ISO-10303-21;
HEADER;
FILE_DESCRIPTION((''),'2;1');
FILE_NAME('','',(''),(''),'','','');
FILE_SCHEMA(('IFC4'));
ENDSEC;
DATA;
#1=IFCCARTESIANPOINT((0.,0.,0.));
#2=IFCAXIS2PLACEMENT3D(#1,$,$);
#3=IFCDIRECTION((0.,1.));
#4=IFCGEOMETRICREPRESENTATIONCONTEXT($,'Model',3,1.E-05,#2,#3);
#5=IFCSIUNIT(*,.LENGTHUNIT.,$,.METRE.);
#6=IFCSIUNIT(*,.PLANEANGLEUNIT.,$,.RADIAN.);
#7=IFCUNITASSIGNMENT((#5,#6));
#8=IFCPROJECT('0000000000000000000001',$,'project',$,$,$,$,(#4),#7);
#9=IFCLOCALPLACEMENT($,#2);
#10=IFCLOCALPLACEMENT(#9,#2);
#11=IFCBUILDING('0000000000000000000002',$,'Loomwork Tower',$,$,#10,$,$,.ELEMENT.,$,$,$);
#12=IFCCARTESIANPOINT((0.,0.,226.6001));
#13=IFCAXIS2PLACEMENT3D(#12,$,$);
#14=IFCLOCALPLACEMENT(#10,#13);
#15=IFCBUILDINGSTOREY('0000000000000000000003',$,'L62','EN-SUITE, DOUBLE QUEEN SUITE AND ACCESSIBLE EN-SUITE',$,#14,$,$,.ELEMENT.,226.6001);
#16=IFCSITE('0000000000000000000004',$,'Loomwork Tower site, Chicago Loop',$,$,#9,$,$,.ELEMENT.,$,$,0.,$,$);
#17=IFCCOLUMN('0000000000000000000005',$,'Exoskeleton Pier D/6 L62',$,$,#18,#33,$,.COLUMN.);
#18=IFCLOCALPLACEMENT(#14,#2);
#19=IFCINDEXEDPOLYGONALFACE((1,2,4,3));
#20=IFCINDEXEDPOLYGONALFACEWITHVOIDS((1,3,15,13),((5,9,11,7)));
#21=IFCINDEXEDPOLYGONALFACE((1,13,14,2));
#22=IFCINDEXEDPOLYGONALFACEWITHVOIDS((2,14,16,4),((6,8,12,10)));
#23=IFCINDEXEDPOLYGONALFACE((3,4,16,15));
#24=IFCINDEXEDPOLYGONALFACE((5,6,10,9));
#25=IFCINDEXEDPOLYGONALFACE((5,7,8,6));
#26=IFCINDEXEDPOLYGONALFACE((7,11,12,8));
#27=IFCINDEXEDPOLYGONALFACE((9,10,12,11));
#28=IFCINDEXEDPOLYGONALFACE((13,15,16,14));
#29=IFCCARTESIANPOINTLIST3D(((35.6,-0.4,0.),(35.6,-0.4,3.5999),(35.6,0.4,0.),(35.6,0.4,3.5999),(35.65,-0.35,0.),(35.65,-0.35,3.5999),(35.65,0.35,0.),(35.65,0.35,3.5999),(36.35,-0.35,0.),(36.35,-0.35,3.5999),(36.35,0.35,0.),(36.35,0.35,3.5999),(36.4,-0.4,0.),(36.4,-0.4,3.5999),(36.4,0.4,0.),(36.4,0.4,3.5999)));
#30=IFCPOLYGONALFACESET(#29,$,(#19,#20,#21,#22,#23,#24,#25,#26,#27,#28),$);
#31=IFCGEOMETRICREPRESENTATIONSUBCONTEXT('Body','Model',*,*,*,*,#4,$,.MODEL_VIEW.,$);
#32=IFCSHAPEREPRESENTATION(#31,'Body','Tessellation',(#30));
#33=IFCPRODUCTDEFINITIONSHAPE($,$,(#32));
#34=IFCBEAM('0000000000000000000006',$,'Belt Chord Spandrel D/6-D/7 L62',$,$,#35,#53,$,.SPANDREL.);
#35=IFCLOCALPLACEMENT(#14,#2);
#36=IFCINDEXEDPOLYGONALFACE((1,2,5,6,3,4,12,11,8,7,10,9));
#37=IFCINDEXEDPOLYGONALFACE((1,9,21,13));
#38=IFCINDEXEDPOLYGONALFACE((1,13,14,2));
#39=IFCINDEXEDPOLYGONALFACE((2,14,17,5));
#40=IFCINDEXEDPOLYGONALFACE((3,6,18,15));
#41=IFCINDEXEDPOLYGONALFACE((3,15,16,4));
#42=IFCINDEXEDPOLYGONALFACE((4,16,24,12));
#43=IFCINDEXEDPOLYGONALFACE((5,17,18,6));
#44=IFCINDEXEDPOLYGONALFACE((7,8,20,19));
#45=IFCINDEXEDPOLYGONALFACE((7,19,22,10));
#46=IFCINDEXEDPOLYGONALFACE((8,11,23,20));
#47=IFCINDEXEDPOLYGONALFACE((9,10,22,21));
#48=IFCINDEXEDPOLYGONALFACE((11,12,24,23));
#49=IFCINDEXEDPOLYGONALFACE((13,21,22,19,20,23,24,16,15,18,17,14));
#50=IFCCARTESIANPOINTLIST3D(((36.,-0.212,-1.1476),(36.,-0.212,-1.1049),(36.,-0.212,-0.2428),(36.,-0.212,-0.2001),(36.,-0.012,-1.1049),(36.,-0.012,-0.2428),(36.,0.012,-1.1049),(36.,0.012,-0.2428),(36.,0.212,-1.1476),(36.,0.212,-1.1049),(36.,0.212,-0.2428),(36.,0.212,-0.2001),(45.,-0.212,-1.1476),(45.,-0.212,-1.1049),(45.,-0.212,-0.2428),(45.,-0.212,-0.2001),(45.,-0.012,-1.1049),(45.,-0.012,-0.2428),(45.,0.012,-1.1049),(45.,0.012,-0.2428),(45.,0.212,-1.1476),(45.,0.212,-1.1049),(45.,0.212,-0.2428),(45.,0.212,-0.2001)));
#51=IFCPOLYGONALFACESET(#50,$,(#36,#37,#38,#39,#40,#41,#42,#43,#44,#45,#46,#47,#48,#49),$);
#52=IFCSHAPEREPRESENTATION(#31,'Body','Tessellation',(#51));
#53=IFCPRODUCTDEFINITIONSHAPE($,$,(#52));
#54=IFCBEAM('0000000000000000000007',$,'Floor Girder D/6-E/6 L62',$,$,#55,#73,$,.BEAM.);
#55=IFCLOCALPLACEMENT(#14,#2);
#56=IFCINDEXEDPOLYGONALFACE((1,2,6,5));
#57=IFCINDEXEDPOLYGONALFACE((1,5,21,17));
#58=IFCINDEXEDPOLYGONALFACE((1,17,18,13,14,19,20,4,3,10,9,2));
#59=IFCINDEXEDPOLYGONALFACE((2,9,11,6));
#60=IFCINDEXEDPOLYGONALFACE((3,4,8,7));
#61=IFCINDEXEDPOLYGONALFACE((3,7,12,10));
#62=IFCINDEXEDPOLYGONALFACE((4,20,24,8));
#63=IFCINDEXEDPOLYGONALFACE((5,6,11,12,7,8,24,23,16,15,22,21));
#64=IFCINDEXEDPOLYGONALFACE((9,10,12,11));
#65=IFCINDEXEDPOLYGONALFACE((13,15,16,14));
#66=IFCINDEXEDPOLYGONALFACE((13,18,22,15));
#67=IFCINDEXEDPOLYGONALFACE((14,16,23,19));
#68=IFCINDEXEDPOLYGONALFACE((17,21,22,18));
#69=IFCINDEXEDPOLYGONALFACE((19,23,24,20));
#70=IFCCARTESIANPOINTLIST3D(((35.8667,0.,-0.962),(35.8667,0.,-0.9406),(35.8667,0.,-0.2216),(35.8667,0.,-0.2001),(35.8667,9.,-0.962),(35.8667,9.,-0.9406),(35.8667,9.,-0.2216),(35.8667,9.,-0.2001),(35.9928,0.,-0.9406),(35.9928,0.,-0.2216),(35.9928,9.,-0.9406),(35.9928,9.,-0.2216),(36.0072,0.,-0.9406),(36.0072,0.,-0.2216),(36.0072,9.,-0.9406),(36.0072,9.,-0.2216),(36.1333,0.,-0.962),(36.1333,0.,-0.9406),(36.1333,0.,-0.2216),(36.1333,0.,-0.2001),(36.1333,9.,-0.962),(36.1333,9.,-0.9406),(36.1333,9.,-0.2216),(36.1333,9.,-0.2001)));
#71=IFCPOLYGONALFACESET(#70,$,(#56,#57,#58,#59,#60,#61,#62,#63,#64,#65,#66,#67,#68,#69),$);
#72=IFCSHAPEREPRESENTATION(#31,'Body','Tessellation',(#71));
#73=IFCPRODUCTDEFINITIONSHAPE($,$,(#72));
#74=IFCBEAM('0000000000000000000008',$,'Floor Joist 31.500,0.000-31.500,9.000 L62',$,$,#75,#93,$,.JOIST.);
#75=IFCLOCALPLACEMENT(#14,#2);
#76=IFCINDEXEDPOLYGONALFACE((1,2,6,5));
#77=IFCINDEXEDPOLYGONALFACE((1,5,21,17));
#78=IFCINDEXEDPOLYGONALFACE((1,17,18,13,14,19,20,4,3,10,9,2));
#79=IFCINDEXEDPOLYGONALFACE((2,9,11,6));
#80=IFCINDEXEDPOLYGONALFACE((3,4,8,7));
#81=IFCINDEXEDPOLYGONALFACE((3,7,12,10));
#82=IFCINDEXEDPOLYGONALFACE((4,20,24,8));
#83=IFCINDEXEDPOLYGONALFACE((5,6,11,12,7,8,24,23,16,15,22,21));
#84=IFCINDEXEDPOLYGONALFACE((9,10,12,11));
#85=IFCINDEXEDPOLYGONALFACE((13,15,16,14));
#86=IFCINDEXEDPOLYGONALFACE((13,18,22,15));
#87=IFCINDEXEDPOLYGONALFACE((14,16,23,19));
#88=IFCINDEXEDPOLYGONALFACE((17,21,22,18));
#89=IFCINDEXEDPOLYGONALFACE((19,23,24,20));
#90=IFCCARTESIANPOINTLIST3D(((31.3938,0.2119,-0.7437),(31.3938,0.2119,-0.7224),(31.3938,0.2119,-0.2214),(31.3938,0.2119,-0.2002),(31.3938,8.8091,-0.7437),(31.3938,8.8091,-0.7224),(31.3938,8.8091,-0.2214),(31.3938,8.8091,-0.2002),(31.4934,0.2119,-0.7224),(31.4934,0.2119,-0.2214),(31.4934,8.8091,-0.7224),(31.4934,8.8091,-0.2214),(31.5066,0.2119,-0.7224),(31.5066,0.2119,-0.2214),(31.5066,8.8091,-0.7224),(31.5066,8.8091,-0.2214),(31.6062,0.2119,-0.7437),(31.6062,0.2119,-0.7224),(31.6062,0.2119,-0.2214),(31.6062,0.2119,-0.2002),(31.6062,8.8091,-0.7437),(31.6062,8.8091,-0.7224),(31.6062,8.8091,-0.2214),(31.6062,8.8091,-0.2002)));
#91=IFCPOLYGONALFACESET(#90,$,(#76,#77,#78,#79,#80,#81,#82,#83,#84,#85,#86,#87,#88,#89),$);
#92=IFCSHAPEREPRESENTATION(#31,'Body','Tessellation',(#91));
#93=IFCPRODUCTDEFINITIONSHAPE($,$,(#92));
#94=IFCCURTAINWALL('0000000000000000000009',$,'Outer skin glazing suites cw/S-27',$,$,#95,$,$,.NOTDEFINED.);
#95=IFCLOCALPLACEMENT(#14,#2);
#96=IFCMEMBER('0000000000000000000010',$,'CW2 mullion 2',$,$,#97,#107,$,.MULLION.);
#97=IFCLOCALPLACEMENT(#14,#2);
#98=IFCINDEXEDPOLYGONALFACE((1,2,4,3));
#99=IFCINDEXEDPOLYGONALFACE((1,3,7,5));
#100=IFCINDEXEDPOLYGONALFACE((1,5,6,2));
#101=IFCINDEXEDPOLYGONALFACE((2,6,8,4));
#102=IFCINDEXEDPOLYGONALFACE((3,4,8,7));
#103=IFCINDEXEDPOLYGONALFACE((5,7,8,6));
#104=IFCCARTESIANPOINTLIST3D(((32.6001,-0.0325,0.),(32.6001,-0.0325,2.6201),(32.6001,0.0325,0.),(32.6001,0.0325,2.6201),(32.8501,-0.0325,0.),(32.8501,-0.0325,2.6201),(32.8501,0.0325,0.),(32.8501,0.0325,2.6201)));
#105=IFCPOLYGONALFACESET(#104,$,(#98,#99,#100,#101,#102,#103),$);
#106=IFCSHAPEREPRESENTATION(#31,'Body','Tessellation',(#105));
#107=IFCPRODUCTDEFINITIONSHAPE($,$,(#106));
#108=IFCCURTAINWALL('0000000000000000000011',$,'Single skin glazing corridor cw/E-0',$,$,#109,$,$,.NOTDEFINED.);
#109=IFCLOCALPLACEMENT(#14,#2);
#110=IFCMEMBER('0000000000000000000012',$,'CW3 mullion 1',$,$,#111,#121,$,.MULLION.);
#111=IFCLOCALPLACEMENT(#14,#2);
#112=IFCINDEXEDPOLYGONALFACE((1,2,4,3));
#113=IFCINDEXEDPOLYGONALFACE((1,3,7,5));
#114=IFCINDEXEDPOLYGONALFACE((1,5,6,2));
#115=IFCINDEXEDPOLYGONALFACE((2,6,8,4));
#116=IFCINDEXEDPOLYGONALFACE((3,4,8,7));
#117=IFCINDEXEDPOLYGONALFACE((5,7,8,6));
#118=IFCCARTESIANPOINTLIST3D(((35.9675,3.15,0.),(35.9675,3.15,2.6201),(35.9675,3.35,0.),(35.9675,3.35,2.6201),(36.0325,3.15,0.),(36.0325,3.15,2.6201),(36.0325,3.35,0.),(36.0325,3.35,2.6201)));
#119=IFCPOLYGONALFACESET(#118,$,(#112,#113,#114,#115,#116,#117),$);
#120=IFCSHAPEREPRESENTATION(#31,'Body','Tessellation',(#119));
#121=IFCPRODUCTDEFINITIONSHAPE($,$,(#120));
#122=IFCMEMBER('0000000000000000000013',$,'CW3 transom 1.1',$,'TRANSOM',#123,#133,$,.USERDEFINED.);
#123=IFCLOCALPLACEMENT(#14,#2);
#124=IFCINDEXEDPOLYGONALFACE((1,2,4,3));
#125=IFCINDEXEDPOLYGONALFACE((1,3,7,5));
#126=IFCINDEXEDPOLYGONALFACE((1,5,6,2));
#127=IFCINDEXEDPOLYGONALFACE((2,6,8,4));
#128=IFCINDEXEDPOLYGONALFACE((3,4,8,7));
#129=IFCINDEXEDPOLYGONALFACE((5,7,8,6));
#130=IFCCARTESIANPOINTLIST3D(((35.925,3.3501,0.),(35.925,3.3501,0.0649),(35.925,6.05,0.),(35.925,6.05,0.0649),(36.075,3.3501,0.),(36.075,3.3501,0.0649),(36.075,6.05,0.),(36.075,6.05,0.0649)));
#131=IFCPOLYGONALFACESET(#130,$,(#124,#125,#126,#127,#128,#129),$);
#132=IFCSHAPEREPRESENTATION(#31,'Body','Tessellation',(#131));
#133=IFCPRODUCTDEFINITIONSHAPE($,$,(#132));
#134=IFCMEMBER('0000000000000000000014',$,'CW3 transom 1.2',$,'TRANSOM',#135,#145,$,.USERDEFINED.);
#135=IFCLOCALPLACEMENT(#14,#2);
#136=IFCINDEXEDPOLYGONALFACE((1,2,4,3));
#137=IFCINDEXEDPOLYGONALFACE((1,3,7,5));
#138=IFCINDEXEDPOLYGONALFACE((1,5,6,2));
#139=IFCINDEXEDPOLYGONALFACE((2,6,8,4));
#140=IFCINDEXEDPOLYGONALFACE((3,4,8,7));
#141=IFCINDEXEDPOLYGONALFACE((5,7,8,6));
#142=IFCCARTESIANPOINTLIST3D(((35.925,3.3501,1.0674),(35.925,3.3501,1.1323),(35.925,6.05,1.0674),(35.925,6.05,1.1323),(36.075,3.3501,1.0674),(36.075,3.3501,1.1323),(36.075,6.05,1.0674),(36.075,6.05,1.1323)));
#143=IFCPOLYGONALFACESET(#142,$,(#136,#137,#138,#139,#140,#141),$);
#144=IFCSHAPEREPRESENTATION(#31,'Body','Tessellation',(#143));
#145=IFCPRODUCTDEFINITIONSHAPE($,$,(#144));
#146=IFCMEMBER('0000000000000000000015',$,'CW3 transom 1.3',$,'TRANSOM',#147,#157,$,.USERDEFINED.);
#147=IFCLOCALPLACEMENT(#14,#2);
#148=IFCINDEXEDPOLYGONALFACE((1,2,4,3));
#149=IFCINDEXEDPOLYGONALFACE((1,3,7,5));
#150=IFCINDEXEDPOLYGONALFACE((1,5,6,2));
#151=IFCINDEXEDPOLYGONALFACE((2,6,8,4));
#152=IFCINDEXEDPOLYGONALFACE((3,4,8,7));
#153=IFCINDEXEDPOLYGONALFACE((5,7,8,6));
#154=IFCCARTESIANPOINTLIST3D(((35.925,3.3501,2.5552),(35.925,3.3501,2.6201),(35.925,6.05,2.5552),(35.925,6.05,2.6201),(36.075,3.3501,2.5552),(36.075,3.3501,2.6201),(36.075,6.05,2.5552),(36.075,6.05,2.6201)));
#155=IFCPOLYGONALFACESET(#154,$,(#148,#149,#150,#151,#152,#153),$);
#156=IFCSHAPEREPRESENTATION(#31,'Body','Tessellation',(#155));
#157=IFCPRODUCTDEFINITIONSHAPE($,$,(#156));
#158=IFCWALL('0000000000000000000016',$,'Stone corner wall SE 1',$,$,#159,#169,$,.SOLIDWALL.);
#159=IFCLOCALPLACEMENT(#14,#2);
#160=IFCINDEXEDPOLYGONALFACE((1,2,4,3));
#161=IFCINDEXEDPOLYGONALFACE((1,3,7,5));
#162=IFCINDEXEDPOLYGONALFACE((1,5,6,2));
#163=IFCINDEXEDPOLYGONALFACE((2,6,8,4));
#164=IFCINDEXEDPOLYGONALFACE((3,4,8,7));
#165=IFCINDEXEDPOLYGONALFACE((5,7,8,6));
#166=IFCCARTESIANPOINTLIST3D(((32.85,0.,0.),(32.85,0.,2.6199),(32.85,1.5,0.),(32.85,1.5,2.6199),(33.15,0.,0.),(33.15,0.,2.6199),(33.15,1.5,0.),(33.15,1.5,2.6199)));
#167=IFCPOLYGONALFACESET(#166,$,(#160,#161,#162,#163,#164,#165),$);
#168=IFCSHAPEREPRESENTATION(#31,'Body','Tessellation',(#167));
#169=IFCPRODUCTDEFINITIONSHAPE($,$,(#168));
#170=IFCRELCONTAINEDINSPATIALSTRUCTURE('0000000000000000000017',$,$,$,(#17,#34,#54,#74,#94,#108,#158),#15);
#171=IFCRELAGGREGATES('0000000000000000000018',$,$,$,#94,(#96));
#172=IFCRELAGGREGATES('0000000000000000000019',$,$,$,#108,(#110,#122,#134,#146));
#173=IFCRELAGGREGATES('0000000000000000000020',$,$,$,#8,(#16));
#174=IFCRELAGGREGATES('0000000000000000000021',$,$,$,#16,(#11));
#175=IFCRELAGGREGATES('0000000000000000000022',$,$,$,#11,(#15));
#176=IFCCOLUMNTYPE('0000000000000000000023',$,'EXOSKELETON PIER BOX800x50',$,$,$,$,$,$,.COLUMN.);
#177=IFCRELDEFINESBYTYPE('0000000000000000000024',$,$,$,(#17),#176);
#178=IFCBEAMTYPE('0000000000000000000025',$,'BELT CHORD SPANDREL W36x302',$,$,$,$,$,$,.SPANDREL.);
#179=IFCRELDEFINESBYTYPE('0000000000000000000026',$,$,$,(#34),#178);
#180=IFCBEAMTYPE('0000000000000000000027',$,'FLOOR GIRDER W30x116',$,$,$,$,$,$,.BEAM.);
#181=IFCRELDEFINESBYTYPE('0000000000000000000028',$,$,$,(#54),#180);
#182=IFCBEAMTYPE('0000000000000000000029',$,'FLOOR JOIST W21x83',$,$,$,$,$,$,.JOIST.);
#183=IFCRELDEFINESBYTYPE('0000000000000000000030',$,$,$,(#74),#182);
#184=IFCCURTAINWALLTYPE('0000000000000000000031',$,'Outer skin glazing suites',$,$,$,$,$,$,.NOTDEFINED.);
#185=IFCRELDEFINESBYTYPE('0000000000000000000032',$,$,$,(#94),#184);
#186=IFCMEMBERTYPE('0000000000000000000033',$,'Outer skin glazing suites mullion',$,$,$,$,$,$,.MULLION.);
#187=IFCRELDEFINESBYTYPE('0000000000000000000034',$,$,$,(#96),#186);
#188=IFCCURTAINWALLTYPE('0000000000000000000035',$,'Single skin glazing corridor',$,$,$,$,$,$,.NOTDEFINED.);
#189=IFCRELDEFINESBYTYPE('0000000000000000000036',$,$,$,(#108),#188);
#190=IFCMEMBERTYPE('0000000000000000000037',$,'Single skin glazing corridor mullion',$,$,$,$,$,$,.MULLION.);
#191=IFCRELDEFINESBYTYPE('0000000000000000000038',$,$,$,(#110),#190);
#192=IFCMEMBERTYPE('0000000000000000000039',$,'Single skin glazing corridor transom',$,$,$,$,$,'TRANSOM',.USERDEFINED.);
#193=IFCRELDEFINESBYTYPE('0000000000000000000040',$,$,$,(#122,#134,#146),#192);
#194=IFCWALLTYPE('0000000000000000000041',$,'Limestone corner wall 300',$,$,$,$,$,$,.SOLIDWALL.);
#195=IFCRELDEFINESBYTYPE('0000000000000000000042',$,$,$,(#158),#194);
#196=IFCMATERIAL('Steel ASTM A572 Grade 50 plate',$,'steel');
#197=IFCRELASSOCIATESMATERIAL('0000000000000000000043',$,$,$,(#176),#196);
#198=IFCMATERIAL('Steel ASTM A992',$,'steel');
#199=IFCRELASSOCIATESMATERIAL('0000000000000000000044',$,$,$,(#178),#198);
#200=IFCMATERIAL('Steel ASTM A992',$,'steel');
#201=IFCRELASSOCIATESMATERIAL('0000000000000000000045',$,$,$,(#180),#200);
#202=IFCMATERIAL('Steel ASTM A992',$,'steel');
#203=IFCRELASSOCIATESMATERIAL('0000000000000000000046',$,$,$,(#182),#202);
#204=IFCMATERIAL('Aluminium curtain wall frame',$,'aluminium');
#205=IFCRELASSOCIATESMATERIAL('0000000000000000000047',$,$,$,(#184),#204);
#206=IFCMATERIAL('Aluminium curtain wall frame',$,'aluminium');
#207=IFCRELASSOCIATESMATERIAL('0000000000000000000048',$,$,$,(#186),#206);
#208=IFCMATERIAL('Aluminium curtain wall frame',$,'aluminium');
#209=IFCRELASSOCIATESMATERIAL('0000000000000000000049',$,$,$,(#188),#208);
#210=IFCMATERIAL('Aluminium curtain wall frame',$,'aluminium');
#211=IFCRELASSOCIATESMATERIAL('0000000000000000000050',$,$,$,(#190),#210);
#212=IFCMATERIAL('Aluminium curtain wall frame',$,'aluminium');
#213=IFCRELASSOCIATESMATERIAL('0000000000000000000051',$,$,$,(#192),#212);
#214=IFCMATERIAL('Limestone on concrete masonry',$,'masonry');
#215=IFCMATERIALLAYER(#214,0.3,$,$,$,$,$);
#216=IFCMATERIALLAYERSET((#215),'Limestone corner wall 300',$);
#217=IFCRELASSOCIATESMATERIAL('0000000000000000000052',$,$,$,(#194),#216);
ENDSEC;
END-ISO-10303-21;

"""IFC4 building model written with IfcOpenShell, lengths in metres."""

from ifc_helpers import new_model, si_unit, direction, frame, frame_2d, origin, origin_2d, place, context, subcontext, project, spatial, rectangle, hollow_rectangle, i_section, extrude, material, layer, layer_set, material_profile, profile_set, type_object, element, aggregate, save


model = new_model("IFC4")

# Units and contexts
model_context = context("Model", 3, precision=1e-05, world=origin(), true_north=direction((0.0, 1.0)))
body_context = subcontext(model_context, "Body", "Model", "MODEL_VIEW")
ifc_project = project(units=[si_unit("LENGTHUNIT", "METRE"), si_unit("PLANEANGLEUNIT", "RADIAN")], contexts=[model_context])

# Site, building, storey
site_placement = place(None, origin())
site = spatial("IfcSite", under=ifc_project, at=site_placement, Name="Loomwork Tower site, Chicago Loop", CompositionType="ELEMENT", RefElevation=0.0)
building_placement = place(site_placement, origin())
building = spatial("IfcBuilding", under=site, at=building_placement, Name="Loomwork Tower", CompositionType="ELEMENT")
storey_placement = place(building_placement, frame((0.0, 0.0, 226.6001)))
storey = spatial("IfcBuildingStorey", under=building, at=storey_placement, Name="L62", Description="EN-SUITE, DOUBLE QUEEN SUITE AND ACCESSIBLE EN-SUITE", CompositionType="ELEMENT", Elevation=226.6001)

# Column
ifc_material_1 = material(Name="Steel ASTM A572 Grade 50 plate", Category="steel")
ifc_material_profile_1 = material_profile(ifc_material_1, hollow_rectangle(XDim=0.8, YDim=0.8, WallThickness=0.05, at=origin_2d()), Name="BOX800x50")
ifc_profile_set_1 = profile_set([ifc_material_profile_1], Name="Steel ASTM A572 Grade 50 plate")
column_type = type_object("IfcColumnType", Name="EXOSKELETON PIER BOX800x50", PredefinedType="COLUMN", material=ifc_profile_set_1)
column_placement = place(storey_placement, frame((36.0, 0.0, 0.0), z_axis=(0.0, 0.0, 1.0), x_axis=(1.0, 0.0, 0.0)))
element("IfcColumn", 1, at=column_placement, inside=storey, type_object=column_type, Name="Exoskeleton Pier D/6 L62", PredefinedType="COLUMN", context=body_context, shape_type="SweptSolid", body=[
    extrude(hollow_rectangle(XDim=0.8, YDim=0.8, WallThickness=0.05, at=origin_2d()), origin(), (0.0, 0.0, 1.0), 3.5999),
])

# Beams
ifc_material_2 = material(Name="Steel ASTM A992", Category="steel")
ifc_material_profile_2 = material_profile(ifc_material_2, i_section(OverallWidth=0.4241, OverallDepth=0.9475, WebThickness=0.0239, FlangeThickness=0.0427, at=origin_2d()), Name="W36x302")
ifc_profile_set_2 = profile_set([ifc_material_profile_2], Name="Steel ASTM A992")
beam_type_1 = type_object("IfcBeamType", Name="BELT CHORD SPANDREL W36x302", PredefinedType="SPANDREL", material=ifc_profile_set_2)
beam_1_placement = place(storey_placement, frame((36.0, 0.0, -0.6738), z_axis=(1.0, 0.0, 0.0), x_axis=(0.0, 1.0, 0.0)))
element("IfcBeam", 2, at=beam_1_placement, inside=storey, type_object=beam_type_1, Name="Belt Chord Spandrel D/6-D/7 L62", PredefinedType="SPANDREL", context=body_context, shape_type="SweptSolid", body=[
    extrude(i_section(OverallWidth=0.4241, OverallDepth=0.9475, WebThickness=0.0239, FlangeThickness=0.0427, at=origin_2d()), origin(), (0.0, 0.0, 1.0), 9.0),
])
ifc_material_3 = material(Name="Steel ASTM A992", Category="steel")
ifc_material_profile_3 = material_profile(ifc_material_3, i_section(OverallWidth=0.2666, OverallDepth=0.762, WebThickness=0.0144, FlangeThickness=0.0215, at=origin_2d()), Name="W30x116")
ifc_profile_set_3 = profile_set([ifc_material_profile_3], Name="Steel ASTM A992")
beam_type_2 = type_object("IfcBeamType", Name="FLOOR GIRDER W30x116", PredefinedType="BEAM", material=ifc_profile_set_3)
beam_2_placement = place(storey_placement, frame((36.0, 0.0, -0.5811), z_axis=(0.0, 1.0, 0.0), x_axis=(-1.0, 0.0, 0.0)))
element("IfcBeam", 3, at=beam_2_placement, inside=storey, type_object=beam_type_2, Name="Floor Girder D/6-E/6 L62", PredefinedType="BEAM", context=body_context, shape_type="SweptSolid", body=[
    extrude(i_section(OverallWidth=0.2666, OverallDepth=0.762, WebThickness=0.0144, FlangeThickness=0.0215, at=origin_2d()), origin(), (0.0, 0.0, 1.0), 9.0),
])
ifc_material_4 = material(Name="Steel ASTM A992", Category="steel")
ifc_material_profile_4 = material_profile(ifc_material_4, i_section(OverallWidth=0.2124, OverallDepth=0.5435, WebThickness=0.0132, FlangeThickness=0.0212, at=origin_2d()), Name="W21x83")
ifc_profile_set_4 = profile_set([ifc_material_profile_4], Name="Steel ASTM A992")
beam_type_3 = type_object("IfcBeamType", Name="FLOOR JOIST W21x83", PredefinedType="JOIST", material=ifc_profile_set_4)
beam_3_placement = place(storey_placement, frame((31.5, 0.2119, -0.4719), z_axis=(0.0, 1.0, 0.0), x_axis=(-1.0, 0.0, 0.0)))
element("IfcBeam", 4, at=beam_3_placement, inside=storey, type_object=beam_type_3, Name="Floor Joist 31.500,0.000-31.500,9.000 L62", PredefinedType="JOIST", context=body_context, shape_type="SweptSolid", body=[
    extrude(i_section(OverallWidth=0.2124, OverallDepth=0.5435, WebThickness=0.0132, FlangeThickness=0.0212, at=origin_2d()), origin(), (0.0, 0.0, 1.0), 8.5972),
])

# Curtain wall, member
ifc_material_5 = material(Name="Aluminium curtain wall frame", Category="aluminium")
curtain_wall_type_1 = type_object("IfcCurtainWallType", Name="Outer skin glazing suites", PredefinedType="NOTDEFINED", material=ifc_material_5)
curtain_wall_1_placement = place(storey_placement, origin())
curtain_wall_1 = element("IfcCurtainWall", 5, at=curtain_wall_1_placement, inside=storey, type_object=curtain_wall_type_1, Name="Outer skin glazing suites cw/S-27", PredefinedType="NOTDEFINED")
ifc_material_6 = material(Name="Aluminium curtain wall frame", Category="aluminium")
ifc_material_profile_5 = material_profile(ifc_material_6, rectangle(XDim=0.0649, YDim=0.25, at=origin_2d()), Name="AL 65x250")
ifc_profile_set_5 = profile_set([ifc_material_profile_5], Name="Aluminium curtain wall frame")
member_type_1 = type_object("IfcMemberType", Name="Outer skin glazing suites mullion", PredefinedType="MULLION", material=ifc_profile_set_5)
member_1_placement = place(storey_placement, frame((32.7251, 0.0, 0.0), z_axis=(0.0, 0.0, 1.0), x_axis=(0.0, 1.0, 0.0)))
member_1 = element("IfcMember", 6, at=member_1_placement, type_object=member_type_1, Name="CW2 mullion 2", PredefinedType="MULLION", context=body_context, shape_type="SweptSolid", body=[
    extrude(rectangle(XDim=0.0649, YDim=0.25, at=origin_2d()), origin(), (0.0, 0.0, 1.0), 2.6201),
])
aggregate(curtain_wall_1, [member_1])

# Curtain wall, members
ifc_material_7 = material(Name="Aluminium curtain wall frame", Category="aluminium")
curtain_wall_type_2 = type_object("IfcCurtainWallType", Name="Single skin glazing corridor", PredefinedType="NOTDEFINED", material=ifc_material_7)
curtain_wall_2_placement = place(storey_placement, origin())
curtain_wall_2 = element("IfcCurtainWall", 7, at=curtain_wall_2_placement, inside=storey, type_object=curtain_wall_type_2, Name="Single skin glazing corridor cw/E-0", PredefinedType="NOTDEFINED")
ifc_material_8 = material(Name="Aluminium curtain wall frame", Category="aluminium")
ifc_material_profile_6 = material_profile(ifc_material_8, rectangle(XDim=0.0649, YDim=0.2, at=origin_2d()), Name="AL 65x200")
ifc_profile_set_6 = profile_set([ifc_material_profile_6], Name="Aluminium curtain wall frame")
member_type_2 = type_object("IfcMemberType", Name="Single skin glazing corridor mullion", PredefinedType="MULLION", material=ifc_profile_set_6)
member_2_placement = place(storey_placement, frame((36.0, 3.25, 0.0), z_axis=(0.0, 0.0, 1.0), x_axis=(-1.0, 0.0, 0.0)))
member_2 = element("IfcMember", 8, at=member_2_placement, type_object=member_type_2, Name="CW3 mullion 1", PredefinedType="MULLION", context=body_context, shape_type="SweptSolid", body=[
    extrude(rectangle(XDim=0.0649, YDim=0.2, at=origin_2d()), origin(), (0.0, 0.0, 1.0), 2.6201),
])
ifc_material_9 = material(Name="Aluminium curtain wall frame", Category="aluminium")
ifc_material_profile_7 = material_profile(ifc_material_9, rectangle(XDim=0.1499, YDim=0.0649, at=origin_2d()), Name="AL 65x150")
ifc_profile_set_7 = profile_set([ifc_material_profile_7], Name="Aluminium curtain wall frame")
member_type_3 = type_object("IfcMemberType", Name="Single skin glazing corridor transom", ElementType="TRANSOM", PredefinedType="USERDEFINED", material=ifc_profile_set_7)
member_3_placement = place(storey_placement, frame((36.0, 3.3501, 0.0325), z_axis=(0.0, 1.0, 0.0), x_axis=(-1.0, 0.0, 0.0)))
member_3 = element("IfcMember", 9, at=member_3_placement, type_object=member_type_3, Name="CW3 transom 1.1", ObjectType="TRANSOM", PredefinedType="USERDEFINED", context=body_context, shape_type="SweptSolid", body=[
    extrude(rectangle(XDim=0.1499, YDim=0.0649, at=origin_2d()), origin(), (0.0, 0.0, 1.0), 2.7),
])
member_4_placement = place(storey_placement, frame((36.0, 3.3501, 1.0999), z_axis=(0.0, 1.0, 0.0), x_axis=(-1.0, 0.0, 0.0)))
member_4 = element("IfcMember", 10, at=member_4_placement, type_object=member_type_3, Name="CW3 transom 1.2", ObjectType="TRANSOM", PredefinedType="USERDEFINED", context=body_context, shape_type="SweptSolid", body=[
    extrude(rectangle(XDim=0.1499, YDim=0.0649, at=origin_2d()), origin(), (0.0, 0.0, 1.0), 2.7),
])
member_5_placement = place(storey_placement, frame((36.0, 3.3501, 2.5876), z_axis=(0.0, 1.0, 0.0), x_axis=(-1.0, 0.0, 0.0)))
member_5 = element("IfcMember", 11, at=member_5_placement, type_object=member_type_3, Name="CW3 transom 1.3", ObjectType="TRANSOM", PredefinedType="USERDEFINED", context=body_context, shape_type="SweptSolid", body=[
    extrude(rectangle(XDim=0.1499, YDim=0.0649, at=origin_2d()), origin(), (0.0, 0.0, 1.0), 2.7),
])
aggregate(curtain_wall_2, [member_2, member_3, member_4, member_5])

# Wall
ifc_material_10 = material(Name="Limestone on concrete masonry", Category="masonry")
ifc_layer_1 = layer(ifc_material_10, 0.3)
ifc_layer_set_1 = layer_set([ifc_layer_1], Name="Limestone corner wall 300")
wall_type_1 = type_object("IfcWallType", Name="Limestone corner wall 300", PredefinedType="SOLIDWALL", material=ifc_layer_set_1)
wall_1_placement = place(storey_placement, frame((33.0, 0.0, 0.0), z_axis=(0.0, 0.0, 1.0), x_axis=(0.0, 1.0, 0.0)))
element("IfcWall", 12, at=wall_1_placement, inside=storey, type_object=wall_type_1, Name="Stone corner wall SE 1", PredefinedType="SOLIDWALL", context=body_context, shape_type="SweptSolid", body=[
    extrude(rectangle(XDim=1.5, YDim=0.3, at=frame_2d((0.75, 0.0))), origin(), (0.0, 0.0, 1.0), 2.6199),
])

save(model, "model.ifc")
